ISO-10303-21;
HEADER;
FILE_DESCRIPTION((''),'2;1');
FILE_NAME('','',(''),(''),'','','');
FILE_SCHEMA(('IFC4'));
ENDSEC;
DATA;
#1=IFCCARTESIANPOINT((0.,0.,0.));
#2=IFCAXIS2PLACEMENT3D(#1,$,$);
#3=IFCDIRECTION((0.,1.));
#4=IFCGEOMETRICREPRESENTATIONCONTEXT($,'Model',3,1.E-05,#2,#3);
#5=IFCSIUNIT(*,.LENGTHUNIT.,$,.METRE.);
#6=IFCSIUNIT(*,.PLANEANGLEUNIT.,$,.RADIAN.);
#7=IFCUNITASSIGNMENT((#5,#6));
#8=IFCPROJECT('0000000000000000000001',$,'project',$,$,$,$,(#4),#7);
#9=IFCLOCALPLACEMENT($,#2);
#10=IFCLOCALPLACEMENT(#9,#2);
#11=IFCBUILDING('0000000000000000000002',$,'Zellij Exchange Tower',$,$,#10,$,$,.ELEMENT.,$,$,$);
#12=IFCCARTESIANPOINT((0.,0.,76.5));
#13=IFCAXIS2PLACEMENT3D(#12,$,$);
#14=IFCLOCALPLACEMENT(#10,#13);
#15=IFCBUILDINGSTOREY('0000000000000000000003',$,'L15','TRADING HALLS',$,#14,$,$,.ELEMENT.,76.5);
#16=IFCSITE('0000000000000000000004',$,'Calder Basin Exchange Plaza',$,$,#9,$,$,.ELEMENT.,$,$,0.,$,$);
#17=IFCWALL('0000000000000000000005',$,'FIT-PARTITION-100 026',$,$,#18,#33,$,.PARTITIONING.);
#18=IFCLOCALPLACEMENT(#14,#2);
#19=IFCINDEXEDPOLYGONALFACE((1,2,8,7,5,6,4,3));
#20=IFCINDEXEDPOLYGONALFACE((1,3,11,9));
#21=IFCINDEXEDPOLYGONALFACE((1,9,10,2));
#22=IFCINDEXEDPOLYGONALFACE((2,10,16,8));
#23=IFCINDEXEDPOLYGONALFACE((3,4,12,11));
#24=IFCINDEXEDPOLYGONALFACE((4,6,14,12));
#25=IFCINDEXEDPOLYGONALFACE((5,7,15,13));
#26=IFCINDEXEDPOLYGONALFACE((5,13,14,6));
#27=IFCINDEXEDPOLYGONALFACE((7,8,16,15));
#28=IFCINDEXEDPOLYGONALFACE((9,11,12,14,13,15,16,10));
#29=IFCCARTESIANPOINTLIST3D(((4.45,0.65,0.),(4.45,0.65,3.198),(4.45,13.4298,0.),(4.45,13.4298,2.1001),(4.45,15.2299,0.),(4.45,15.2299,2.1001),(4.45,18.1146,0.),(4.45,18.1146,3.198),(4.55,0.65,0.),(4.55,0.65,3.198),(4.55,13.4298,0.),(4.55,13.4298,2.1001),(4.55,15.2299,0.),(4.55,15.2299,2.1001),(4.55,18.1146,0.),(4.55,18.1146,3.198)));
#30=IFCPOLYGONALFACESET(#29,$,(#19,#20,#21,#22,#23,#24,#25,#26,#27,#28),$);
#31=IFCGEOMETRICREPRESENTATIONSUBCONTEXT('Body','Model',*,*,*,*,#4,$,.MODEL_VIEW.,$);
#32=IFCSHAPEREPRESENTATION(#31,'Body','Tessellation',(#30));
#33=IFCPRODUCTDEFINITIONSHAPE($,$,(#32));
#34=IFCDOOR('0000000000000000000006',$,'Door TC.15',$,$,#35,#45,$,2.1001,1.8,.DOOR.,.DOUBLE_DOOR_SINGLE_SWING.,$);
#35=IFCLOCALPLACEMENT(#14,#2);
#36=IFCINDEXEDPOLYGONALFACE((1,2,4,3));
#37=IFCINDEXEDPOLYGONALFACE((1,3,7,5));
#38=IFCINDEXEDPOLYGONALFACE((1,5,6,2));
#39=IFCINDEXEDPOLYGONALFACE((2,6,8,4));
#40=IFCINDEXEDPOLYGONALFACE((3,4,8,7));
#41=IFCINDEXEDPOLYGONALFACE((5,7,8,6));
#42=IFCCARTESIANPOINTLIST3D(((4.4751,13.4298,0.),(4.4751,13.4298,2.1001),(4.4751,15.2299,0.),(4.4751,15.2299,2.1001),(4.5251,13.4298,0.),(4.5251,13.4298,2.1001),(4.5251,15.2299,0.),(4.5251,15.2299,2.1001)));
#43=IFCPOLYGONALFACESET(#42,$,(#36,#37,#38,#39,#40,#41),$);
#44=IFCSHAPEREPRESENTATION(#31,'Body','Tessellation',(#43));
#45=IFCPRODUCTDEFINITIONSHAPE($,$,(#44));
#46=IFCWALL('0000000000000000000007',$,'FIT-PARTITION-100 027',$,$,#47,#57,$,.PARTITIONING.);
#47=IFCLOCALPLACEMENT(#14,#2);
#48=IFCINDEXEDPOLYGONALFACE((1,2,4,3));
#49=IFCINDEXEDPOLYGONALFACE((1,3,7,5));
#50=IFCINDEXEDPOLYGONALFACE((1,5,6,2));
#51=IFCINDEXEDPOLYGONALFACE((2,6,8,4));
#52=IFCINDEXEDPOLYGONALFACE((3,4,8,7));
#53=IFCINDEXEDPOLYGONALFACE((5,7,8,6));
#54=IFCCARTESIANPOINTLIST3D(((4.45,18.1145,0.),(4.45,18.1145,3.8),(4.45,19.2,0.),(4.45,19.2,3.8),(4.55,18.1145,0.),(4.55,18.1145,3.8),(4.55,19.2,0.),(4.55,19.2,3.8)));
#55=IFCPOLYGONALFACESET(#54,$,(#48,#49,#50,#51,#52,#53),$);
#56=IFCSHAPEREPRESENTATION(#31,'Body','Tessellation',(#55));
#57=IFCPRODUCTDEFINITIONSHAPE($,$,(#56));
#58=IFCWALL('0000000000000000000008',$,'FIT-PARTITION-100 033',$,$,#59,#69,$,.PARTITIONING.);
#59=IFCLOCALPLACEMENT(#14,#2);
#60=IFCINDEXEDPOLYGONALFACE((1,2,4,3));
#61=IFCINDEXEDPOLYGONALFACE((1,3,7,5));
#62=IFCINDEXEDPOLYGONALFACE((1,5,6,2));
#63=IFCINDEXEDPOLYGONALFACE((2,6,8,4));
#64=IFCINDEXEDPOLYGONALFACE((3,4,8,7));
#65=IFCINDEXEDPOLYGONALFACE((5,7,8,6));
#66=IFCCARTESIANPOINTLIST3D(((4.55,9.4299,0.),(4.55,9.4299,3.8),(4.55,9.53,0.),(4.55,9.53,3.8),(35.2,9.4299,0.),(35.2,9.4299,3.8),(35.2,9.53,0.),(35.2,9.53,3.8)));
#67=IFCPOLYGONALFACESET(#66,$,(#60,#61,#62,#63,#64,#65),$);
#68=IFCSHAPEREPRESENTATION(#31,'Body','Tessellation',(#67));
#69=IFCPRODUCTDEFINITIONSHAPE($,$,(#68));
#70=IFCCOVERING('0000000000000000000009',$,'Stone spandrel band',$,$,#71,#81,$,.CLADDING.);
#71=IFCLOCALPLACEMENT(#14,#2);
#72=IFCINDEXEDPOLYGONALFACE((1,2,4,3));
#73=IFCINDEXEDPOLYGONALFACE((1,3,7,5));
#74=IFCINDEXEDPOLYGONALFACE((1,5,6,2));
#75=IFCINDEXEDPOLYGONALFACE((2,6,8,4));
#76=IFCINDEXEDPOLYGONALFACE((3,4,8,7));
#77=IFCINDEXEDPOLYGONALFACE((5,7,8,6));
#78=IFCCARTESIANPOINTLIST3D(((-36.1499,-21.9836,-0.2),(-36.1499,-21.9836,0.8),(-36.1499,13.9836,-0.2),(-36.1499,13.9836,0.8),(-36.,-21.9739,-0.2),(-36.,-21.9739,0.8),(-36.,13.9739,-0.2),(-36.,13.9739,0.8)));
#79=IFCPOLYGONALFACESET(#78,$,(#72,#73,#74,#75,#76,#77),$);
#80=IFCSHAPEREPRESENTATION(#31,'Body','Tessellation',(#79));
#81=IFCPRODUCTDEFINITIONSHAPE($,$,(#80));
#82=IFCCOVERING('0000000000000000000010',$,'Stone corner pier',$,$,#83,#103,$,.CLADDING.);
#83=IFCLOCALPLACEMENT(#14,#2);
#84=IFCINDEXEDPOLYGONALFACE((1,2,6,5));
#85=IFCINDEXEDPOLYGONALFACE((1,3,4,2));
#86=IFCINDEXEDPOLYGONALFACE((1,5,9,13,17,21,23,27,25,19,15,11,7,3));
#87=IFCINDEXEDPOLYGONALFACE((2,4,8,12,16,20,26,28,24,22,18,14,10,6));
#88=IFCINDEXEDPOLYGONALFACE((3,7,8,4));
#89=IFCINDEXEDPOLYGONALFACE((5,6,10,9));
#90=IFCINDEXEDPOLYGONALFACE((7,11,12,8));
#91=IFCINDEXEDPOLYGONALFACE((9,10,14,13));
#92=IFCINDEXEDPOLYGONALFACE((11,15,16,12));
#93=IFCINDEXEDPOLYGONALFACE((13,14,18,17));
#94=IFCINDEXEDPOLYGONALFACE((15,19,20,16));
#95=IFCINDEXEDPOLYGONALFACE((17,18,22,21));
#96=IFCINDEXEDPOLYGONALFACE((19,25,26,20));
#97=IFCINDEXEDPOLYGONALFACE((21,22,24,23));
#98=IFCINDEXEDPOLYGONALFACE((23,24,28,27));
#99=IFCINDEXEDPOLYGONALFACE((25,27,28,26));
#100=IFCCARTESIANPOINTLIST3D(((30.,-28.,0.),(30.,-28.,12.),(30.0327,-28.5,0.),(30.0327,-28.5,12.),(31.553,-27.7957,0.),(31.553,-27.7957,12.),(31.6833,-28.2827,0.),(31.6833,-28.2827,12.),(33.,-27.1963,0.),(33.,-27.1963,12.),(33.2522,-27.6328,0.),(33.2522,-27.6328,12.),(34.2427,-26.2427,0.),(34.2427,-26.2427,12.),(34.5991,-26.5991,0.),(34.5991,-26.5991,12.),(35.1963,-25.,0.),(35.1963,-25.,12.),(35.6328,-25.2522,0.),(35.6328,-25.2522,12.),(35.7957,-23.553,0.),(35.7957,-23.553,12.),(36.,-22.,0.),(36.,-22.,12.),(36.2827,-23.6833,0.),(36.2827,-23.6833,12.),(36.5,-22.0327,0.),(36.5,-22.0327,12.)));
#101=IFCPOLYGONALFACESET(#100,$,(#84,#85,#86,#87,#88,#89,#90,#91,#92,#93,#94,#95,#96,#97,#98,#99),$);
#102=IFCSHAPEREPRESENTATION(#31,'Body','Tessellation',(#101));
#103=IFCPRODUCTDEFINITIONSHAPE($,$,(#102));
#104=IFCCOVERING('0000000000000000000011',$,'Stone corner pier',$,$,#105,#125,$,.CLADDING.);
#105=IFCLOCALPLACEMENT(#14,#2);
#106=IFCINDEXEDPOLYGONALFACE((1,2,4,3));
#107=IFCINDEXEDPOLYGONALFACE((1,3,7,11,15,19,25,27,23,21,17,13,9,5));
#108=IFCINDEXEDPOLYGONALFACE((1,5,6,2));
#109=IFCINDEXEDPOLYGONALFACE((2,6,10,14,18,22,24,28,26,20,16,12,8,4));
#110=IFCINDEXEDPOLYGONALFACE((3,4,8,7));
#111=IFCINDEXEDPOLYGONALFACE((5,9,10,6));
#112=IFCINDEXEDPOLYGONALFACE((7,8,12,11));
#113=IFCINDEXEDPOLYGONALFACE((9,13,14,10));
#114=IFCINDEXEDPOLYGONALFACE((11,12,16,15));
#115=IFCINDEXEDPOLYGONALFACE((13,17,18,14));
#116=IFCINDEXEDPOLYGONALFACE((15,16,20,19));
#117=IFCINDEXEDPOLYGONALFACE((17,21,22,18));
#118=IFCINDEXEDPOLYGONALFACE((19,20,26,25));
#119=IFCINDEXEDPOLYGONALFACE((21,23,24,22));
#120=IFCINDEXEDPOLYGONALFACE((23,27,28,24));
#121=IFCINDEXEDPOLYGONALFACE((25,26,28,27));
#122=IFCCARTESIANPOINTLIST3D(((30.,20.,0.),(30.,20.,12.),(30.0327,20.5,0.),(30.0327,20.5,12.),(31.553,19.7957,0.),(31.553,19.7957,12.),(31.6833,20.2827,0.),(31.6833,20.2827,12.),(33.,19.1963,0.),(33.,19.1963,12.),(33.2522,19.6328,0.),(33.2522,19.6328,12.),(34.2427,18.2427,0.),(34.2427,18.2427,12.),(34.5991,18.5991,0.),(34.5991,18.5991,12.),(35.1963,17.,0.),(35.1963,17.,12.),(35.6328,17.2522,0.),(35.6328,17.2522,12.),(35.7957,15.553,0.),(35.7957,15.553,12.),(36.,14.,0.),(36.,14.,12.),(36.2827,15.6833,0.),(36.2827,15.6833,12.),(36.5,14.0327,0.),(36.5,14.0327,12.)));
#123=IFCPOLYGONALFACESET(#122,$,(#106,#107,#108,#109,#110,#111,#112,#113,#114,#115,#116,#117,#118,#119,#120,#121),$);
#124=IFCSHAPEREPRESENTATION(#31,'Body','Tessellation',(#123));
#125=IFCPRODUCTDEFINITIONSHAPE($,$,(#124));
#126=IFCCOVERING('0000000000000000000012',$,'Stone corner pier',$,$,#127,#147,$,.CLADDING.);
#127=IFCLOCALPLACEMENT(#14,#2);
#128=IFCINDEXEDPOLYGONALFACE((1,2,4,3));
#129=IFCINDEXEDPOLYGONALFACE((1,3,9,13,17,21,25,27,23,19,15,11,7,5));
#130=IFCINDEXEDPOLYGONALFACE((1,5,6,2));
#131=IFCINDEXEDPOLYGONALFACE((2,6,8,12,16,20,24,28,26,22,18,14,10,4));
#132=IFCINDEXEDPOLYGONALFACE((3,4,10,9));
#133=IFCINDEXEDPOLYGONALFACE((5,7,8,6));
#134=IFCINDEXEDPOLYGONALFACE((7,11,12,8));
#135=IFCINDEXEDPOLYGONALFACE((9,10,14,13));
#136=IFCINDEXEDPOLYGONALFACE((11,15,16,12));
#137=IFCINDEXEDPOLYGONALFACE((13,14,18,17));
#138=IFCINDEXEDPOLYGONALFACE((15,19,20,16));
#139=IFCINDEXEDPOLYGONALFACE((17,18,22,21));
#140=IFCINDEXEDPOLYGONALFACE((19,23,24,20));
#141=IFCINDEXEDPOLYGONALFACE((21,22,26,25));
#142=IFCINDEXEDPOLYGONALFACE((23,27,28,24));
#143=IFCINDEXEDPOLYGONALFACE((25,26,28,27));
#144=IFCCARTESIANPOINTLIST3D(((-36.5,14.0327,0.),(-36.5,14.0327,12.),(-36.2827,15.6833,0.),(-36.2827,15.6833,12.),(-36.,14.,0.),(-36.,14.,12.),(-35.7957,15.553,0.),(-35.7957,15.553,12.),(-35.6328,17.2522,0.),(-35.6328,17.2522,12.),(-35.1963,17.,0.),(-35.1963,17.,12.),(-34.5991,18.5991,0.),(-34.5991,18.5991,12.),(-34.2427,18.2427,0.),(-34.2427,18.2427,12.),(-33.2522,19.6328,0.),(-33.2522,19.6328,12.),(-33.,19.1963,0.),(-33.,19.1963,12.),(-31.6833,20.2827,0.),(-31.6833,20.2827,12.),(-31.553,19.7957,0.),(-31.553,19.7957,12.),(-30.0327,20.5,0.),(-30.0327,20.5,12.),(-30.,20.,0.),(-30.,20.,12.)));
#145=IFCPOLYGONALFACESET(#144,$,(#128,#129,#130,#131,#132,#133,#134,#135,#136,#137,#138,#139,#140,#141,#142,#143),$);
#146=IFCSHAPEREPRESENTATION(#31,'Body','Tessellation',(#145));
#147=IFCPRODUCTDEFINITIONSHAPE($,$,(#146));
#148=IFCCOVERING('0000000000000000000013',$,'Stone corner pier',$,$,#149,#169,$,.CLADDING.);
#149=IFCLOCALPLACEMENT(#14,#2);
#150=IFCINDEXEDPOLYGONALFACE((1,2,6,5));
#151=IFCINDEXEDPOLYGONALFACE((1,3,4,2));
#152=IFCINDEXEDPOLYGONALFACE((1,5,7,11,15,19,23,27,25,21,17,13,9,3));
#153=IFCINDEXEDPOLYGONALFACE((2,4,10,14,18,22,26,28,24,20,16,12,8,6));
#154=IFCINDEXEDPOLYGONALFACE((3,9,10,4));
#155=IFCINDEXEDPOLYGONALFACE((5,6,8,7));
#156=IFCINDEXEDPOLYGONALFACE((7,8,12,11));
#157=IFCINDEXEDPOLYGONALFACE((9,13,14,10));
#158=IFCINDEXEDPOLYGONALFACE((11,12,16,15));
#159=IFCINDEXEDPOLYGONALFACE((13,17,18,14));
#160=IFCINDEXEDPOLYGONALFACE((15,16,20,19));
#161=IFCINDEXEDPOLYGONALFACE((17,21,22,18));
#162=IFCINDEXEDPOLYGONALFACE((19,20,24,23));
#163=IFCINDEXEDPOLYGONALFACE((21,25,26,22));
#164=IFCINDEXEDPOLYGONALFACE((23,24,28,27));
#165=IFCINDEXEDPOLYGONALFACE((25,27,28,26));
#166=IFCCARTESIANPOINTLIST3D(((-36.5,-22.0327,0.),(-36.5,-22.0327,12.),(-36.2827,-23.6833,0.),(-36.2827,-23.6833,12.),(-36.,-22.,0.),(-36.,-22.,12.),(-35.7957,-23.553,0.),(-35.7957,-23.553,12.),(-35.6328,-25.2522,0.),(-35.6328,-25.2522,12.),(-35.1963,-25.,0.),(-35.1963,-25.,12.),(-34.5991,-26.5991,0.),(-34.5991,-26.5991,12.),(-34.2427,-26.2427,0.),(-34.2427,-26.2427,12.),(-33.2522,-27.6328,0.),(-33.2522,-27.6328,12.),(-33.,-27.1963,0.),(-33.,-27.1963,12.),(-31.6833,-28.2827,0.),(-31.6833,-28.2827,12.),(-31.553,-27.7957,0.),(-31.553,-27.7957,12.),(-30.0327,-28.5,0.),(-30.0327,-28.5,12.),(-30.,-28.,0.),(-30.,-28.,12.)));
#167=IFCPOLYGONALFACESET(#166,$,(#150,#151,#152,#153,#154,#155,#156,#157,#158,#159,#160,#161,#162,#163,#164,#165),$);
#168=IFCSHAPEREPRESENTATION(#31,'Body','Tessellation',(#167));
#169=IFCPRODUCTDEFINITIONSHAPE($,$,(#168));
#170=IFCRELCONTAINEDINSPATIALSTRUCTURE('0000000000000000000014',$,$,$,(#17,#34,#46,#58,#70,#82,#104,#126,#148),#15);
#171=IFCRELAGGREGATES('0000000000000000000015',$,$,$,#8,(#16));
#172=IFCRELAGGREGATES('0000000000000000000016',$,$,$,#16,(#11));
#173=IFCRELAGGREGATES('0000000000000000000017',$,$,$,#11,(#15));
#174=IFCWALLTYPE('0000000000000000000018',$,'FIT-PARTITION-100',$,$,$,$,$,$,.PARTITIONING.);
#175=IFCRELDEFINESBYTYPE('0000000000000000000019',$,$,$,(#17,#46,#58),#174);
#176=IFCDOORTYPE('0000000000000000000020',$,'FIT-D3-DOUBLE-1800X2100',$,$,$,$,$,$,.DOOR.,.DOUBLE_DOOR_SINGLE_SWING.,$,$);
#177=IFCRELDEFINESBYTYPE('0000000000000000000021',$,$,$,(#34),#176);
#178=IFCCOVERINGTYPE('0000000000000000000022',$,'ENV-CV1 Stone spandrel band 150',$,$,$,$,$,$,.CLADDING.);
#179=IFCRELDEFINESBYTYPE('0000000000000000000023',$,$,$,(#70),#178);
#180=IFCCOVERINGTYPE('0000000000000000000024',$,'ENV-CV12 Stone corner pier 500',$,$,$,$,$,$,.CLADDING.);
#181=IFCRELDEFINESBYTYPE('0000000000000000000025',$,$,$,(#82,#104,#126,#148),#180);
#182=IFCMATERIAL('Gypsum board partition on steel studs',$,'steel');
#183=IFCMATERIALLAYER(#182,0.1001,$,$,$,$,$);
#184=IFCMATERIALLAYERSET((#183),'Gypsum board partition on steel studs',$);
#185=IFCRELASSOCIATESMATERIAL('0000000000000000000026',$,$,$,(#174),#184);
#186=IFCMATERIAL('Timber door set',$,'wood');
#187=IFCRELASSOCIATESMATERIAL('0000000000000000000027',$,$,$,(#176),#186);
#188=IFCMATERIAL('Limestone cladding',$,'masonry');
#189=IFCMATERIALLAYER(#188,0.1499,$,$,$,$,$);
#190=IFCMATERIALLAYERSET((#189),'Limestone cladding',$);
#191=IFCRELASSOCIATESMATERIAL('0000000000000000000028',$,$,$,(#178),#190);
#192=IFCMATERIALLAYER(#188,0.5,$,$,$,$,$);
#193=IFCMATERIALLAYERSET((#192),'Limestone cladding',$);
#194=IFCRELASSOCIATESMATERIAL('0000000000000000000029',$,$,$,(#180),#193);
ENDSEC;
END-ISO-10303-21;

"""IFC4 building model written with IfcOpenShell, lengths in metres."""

from ifc_helpers import new_model, si_unit, direction, frame, frame_2d, origin, place, context, subcontext, project, spatial, polyline, rectangle, outline, extrude, material, layer, layer_set, type_object, element, fill, save


model = new_model("IFC4")

# Units and contexts
model_context = context("Model", 3, precision=1e-05, world=origin(), true_north=direction((0.0, 1.0)))
body_context = subcontext(model_context, "Body", "Model", "MODEL_VIEW")
ifc_project = project(units=[si_unit("LENGTHUNIT", "METRE"), si_unit("PLANEANGLEUNIT", "RADIAN")], contexts=[model_context])

# Site, building, storey
site_placement = place(None, origin())
site = spatial("IfcSite", under=ifc_project, at=site_placement, Name="Calder Basin Exchange Plaza", CompositionType="ELEMENT", RefElevation=0.0)
building_placement = place(site_placement, origin())
building = spatial("IfcBuilding", under=site, at=building_placement, Name="Zellij Exchange Tower", CompositionType="ELEMENT")
storey_placement = place(building_placement, frame((0.0, 0.0, 76.5)))
storey = spatial("IfcBuildingStorey", under=building, at=storey_placement, Name="L15", Description="TRADING HALLS", CompositionType="ELEMENT", Elevation=76.5)

# Shared definitions
ifc_material_1 = material(Name="Gypsum board partition on steel studs", Category="steel")
ifc_layer_1 = layer(ifc_material_1, 0.1001)
ifc_layer_set_1 = layer_set([ifc_layer_1], Name="Gypsum board partition on steel studs")
wall_type = type_object("IfcWallType", Name="FIT-PARTITION-100", PredefinedType="PARTITIONING", material=ifc_layer_set_1)
ifc_material_2 = material(Name="Timber door set", Category="wood")

# Wall, opening, door
wall_1_placement = place(storey_placement, frame((4.5, 0.6499, 0.0), z_axis=(0.0, 0.0, 1.0), x_axis=(0.0, 1.0, 0.0)))
wall_1 = element("IfcWall", 1, at=wall_1_placement, inside=storey, type_object=wall_type, Name="FIT-PARTITION-100 026", PredefinedType="PARTITIONING", context=body_context, shape_type="SweptSolid", body=[
    extrude(rectangle(XDim=17.4646, YDim=0.1001, at=frame_2d((8.7324, 0.0))), origin(), (0.0, 0.0, 1.0), 3.198),
])
opening_1_placement = place(wall_1_placement, frame((12.78, 0.0, 0.0)))
opening_1 = element("IfcOpeningElement", 2, at=opening_1_placement, cuts=wall_1, PredefinedType="OPENING", context=body_context, shape_type="SweptSolid", body=[
    extrude(rectangle(XDim=1.8, YDim=2.1001, at=frame_2d((0.8999, 1.05))), frame((0.0, 0.062, 0.0), z_axis=(0.0, -1.0, 0.0), x_axis=(1.0, 0.0, 0.0)), (0.0, 0.0, 1.0), 0.124),
])
door_type_1 = type_object("IfcDoorType", Name="FIT-D3-DOUBLE-1800X2100", OperationType="DOUBLE_DOOR_SINGLE_SWING", PredefinedType="DOOR", material=ifc_material_2)
door_1_placement = place(opening_1_placement, origin())
door_1 = element("IfcDoor", 3, at=door_1_placement, inside=storey, type_object=door_type_1, Name="Door TC.15", OperationType="DOUBLE_DOOR_SINGLE_SWING", OverallHeight=2.1001, OverallWidth=1.8, PredefinedType="DOOR", context=body_context, shape_type="SweptSolid", body=[
    extrude(rectangle(XDim=1.8, YDim=2.1001, at=frame_2d((0.8999, 1.05))), frame((0.0, 0.0249, 0.0), z_axis=(0.0, -1.0, 0.0), x_axis=(1.0, 0.0, 0.0)), (0.0, 0.0, 1.0), 0.05),
])
fill(opening_1, door_1)

# Walls
wall_2_placement = place(storey_placement, frame((4.5, 18.1145, 0.0), z_axis=(0.0, 0.0, 1.0), x_axis=(0.0, 1.0, 0.0)))
element("IfcWall", 4, at=wall_2_placement, inside=storey, type_object=wall_type, Name="FIT-PARTITION-100 027", PredefinedType="PARTITIONING", context=body_context, shape_type="SweptSolid", body=[
    extrude(rectangle(XDim=1.0854, YDim=0.1001, at=frame_2d((0.5427, 0.0))), origin(), (0.0, 0.0, 1.0), 3.8),
])
wall_3_placement = place(storey_placement, frame((4.55, 9.48, 0.0), z_axis=(0.0, 0.0, 1.0), x_axis=(1.0, 0.0, 0.0)))
element("IfcWall", 5, at=wall_3_placement, inside=storey, type_object=wall_type, Name="FIT-PARTITION-100 033", PredefinedType="PARTITIONING", context=body_context, shape_type="SweptSolid", body=[
    extrude(rectangle(XDim=30.6499, YDim=0.1001, at=frame_2d((15.325, 0.0))), origin(), (0.0, 0.0, 1.0), 3.8),
])

# Coverings
ifc_material_3 = material(Name="Limestone cladding", Category="masonry")
ifc_layer_2 = layer(ifc_material_3, 0.1499)
ifc_layer_set_2 = layer_set([ifc_layer_2], Name="Limestone cladding")
covering_type_1 = type_object("IfcCoveringType", Name="ENV-CV1 Stone spandrel band 150", PredefinedType="CLADDING", material=ifc_layer_set_2)
covering_1_placement = place(storey_placement, frame((0.0, 0.0, -0.2)))
element("IfcCovering", 6, at=covering_1_placement, inside=storey, type_object=covering_type_1, Name="Stone spandrel band", PredefinedType="CLADDING", context=body_context, shape_type="SweptSolid", body=[
    extrude(outline(polyline([(-36.0, 13.9739), (-36.0, -21.9739), (-36.1499, -21.9836), (-36.1499, 13.9836), (-36.0, 13.9739)])), origin(), (0.0, 0.0, 1.0), 1.0),
])
ifc_layer_3 = layer(ifc_material_3, 0.5)
ifc_layer_set_3 = layer_set([ifc_layer_3], Name="Limestone cladding")
covering_type_2 = type_object("IfcCoveringType", Name="ENV-CV12 Stone corner pier 500", PredefinedType="CLADDING", material=ifc_layer_set_3)
covering_2_placement = place(storey_placement, origin())
element("IfcCovering", 7, at=covering_2_placement, inside=storey, type_object=covering_type_2, Name="Stone corner pier", PredefinedType="CLADDING", context=body_context, shape_type="SweptSolid", body=[
    extrude(outline(polyline([(30.0, -28.0), (31.553, -27.7957), (33.0, -27.1963), (34.2427, -26.2427), (35.1963, -25.0), (35.7957, -23.553), (36.0, -22.0), (36.5, -22.0327), (36.2827, -23.6833), (35.6328, -25.2522), (34.5991, -26.5991), (33.2522, -27.6328), (31.6833, -28.2827), (30.0327, -28.5), (30.0, -28.0)])), origin(), (0.0, 0.0, 1.0), 12.0),
])
covering_3_placement = place(storey_placement, origin())
element("IfcCovering", 8, at=covering_3_placement, inside=storey, type_object=covering_type_2, Name="Stone corner pier", PredefinedType="CLADDING", context=body_context, shape_type="SweptSolid", body=[
    extrude(outline(polyline([(36.0, 14.0), (35.7957, 15.553), (35.1963, 17.0), (34.2427, 18.2427), (33.0, 19.1963), (31.553, 19.7957), (30.0, 20.0), (30.0327, 20.5), (31.6833, 20.2827), (33.2522, 19.6328), (34.5991, 18.5991), (35.6328, 17.2522), (36.2827, 15.6833), (36.5, 14.0327), (36.0, 14.0)])), origin(), (0.0, 0.0, 1.0), 12.0),
])
covering_4_placement = place(storey_placement, origin())
element("IfcCovering", 9, at=covering_4_placement, inside=storey, type_object=covering_type_2, Name="Stone corner pier", PredefinedType="CLADDING", context=body_context, shape_type="SweptSolid", body=[
    extrude(outline(polyline([(-30.0, 20.0), (-31.553, 19.7957), (-33.0, 19.1963), (-34.2427, 18.2427), (-35.1963, 17.0), (-35.7957, 15.553), (-36.0, 14.0), (-36.5, 14.0327), (-36.2827, 15.6833), (-35.6328, 17.2522), (-34.5991, 18.5991), (-33.2522, 19.6328), (-31.6833, 20.2827), (-30.0327, 20.5), (-30.0, 20.0)])), origin(), (0.0, 0.0, 1.0), 12.0),
])
covering_5_placement = place(storey_placement, origin())
element("IfcCovering", 10, at=covering_5_placement, inside=storey, type_object=covering_type_2, Name="Stone corner pier", PredefinedType="CLADDING", context=body_context, shape_type="SweptSolid", body=[
    extrude(outline(polyline([(-36.0, -22.0), (-35.7957, -23.553), (-35.1963, -25.0), (-34.2427, -26.2427), (-33.0, -27.1963), (-31.553, -27.7957), (-30.0, -28.0), (-30.0327, -28.5), (-31.6833, -28.2827), (-33.2522, -27.6328), (-34.5991, -26.5991), (-35.6328, -25.2522), (-36.2827, -23.6833), (-36.5, -22.0327), (-36.0, -22.0)])), origin(), (0.0, 0.0, 1.0), 12.0),
])

save(model, "model.ifc")
